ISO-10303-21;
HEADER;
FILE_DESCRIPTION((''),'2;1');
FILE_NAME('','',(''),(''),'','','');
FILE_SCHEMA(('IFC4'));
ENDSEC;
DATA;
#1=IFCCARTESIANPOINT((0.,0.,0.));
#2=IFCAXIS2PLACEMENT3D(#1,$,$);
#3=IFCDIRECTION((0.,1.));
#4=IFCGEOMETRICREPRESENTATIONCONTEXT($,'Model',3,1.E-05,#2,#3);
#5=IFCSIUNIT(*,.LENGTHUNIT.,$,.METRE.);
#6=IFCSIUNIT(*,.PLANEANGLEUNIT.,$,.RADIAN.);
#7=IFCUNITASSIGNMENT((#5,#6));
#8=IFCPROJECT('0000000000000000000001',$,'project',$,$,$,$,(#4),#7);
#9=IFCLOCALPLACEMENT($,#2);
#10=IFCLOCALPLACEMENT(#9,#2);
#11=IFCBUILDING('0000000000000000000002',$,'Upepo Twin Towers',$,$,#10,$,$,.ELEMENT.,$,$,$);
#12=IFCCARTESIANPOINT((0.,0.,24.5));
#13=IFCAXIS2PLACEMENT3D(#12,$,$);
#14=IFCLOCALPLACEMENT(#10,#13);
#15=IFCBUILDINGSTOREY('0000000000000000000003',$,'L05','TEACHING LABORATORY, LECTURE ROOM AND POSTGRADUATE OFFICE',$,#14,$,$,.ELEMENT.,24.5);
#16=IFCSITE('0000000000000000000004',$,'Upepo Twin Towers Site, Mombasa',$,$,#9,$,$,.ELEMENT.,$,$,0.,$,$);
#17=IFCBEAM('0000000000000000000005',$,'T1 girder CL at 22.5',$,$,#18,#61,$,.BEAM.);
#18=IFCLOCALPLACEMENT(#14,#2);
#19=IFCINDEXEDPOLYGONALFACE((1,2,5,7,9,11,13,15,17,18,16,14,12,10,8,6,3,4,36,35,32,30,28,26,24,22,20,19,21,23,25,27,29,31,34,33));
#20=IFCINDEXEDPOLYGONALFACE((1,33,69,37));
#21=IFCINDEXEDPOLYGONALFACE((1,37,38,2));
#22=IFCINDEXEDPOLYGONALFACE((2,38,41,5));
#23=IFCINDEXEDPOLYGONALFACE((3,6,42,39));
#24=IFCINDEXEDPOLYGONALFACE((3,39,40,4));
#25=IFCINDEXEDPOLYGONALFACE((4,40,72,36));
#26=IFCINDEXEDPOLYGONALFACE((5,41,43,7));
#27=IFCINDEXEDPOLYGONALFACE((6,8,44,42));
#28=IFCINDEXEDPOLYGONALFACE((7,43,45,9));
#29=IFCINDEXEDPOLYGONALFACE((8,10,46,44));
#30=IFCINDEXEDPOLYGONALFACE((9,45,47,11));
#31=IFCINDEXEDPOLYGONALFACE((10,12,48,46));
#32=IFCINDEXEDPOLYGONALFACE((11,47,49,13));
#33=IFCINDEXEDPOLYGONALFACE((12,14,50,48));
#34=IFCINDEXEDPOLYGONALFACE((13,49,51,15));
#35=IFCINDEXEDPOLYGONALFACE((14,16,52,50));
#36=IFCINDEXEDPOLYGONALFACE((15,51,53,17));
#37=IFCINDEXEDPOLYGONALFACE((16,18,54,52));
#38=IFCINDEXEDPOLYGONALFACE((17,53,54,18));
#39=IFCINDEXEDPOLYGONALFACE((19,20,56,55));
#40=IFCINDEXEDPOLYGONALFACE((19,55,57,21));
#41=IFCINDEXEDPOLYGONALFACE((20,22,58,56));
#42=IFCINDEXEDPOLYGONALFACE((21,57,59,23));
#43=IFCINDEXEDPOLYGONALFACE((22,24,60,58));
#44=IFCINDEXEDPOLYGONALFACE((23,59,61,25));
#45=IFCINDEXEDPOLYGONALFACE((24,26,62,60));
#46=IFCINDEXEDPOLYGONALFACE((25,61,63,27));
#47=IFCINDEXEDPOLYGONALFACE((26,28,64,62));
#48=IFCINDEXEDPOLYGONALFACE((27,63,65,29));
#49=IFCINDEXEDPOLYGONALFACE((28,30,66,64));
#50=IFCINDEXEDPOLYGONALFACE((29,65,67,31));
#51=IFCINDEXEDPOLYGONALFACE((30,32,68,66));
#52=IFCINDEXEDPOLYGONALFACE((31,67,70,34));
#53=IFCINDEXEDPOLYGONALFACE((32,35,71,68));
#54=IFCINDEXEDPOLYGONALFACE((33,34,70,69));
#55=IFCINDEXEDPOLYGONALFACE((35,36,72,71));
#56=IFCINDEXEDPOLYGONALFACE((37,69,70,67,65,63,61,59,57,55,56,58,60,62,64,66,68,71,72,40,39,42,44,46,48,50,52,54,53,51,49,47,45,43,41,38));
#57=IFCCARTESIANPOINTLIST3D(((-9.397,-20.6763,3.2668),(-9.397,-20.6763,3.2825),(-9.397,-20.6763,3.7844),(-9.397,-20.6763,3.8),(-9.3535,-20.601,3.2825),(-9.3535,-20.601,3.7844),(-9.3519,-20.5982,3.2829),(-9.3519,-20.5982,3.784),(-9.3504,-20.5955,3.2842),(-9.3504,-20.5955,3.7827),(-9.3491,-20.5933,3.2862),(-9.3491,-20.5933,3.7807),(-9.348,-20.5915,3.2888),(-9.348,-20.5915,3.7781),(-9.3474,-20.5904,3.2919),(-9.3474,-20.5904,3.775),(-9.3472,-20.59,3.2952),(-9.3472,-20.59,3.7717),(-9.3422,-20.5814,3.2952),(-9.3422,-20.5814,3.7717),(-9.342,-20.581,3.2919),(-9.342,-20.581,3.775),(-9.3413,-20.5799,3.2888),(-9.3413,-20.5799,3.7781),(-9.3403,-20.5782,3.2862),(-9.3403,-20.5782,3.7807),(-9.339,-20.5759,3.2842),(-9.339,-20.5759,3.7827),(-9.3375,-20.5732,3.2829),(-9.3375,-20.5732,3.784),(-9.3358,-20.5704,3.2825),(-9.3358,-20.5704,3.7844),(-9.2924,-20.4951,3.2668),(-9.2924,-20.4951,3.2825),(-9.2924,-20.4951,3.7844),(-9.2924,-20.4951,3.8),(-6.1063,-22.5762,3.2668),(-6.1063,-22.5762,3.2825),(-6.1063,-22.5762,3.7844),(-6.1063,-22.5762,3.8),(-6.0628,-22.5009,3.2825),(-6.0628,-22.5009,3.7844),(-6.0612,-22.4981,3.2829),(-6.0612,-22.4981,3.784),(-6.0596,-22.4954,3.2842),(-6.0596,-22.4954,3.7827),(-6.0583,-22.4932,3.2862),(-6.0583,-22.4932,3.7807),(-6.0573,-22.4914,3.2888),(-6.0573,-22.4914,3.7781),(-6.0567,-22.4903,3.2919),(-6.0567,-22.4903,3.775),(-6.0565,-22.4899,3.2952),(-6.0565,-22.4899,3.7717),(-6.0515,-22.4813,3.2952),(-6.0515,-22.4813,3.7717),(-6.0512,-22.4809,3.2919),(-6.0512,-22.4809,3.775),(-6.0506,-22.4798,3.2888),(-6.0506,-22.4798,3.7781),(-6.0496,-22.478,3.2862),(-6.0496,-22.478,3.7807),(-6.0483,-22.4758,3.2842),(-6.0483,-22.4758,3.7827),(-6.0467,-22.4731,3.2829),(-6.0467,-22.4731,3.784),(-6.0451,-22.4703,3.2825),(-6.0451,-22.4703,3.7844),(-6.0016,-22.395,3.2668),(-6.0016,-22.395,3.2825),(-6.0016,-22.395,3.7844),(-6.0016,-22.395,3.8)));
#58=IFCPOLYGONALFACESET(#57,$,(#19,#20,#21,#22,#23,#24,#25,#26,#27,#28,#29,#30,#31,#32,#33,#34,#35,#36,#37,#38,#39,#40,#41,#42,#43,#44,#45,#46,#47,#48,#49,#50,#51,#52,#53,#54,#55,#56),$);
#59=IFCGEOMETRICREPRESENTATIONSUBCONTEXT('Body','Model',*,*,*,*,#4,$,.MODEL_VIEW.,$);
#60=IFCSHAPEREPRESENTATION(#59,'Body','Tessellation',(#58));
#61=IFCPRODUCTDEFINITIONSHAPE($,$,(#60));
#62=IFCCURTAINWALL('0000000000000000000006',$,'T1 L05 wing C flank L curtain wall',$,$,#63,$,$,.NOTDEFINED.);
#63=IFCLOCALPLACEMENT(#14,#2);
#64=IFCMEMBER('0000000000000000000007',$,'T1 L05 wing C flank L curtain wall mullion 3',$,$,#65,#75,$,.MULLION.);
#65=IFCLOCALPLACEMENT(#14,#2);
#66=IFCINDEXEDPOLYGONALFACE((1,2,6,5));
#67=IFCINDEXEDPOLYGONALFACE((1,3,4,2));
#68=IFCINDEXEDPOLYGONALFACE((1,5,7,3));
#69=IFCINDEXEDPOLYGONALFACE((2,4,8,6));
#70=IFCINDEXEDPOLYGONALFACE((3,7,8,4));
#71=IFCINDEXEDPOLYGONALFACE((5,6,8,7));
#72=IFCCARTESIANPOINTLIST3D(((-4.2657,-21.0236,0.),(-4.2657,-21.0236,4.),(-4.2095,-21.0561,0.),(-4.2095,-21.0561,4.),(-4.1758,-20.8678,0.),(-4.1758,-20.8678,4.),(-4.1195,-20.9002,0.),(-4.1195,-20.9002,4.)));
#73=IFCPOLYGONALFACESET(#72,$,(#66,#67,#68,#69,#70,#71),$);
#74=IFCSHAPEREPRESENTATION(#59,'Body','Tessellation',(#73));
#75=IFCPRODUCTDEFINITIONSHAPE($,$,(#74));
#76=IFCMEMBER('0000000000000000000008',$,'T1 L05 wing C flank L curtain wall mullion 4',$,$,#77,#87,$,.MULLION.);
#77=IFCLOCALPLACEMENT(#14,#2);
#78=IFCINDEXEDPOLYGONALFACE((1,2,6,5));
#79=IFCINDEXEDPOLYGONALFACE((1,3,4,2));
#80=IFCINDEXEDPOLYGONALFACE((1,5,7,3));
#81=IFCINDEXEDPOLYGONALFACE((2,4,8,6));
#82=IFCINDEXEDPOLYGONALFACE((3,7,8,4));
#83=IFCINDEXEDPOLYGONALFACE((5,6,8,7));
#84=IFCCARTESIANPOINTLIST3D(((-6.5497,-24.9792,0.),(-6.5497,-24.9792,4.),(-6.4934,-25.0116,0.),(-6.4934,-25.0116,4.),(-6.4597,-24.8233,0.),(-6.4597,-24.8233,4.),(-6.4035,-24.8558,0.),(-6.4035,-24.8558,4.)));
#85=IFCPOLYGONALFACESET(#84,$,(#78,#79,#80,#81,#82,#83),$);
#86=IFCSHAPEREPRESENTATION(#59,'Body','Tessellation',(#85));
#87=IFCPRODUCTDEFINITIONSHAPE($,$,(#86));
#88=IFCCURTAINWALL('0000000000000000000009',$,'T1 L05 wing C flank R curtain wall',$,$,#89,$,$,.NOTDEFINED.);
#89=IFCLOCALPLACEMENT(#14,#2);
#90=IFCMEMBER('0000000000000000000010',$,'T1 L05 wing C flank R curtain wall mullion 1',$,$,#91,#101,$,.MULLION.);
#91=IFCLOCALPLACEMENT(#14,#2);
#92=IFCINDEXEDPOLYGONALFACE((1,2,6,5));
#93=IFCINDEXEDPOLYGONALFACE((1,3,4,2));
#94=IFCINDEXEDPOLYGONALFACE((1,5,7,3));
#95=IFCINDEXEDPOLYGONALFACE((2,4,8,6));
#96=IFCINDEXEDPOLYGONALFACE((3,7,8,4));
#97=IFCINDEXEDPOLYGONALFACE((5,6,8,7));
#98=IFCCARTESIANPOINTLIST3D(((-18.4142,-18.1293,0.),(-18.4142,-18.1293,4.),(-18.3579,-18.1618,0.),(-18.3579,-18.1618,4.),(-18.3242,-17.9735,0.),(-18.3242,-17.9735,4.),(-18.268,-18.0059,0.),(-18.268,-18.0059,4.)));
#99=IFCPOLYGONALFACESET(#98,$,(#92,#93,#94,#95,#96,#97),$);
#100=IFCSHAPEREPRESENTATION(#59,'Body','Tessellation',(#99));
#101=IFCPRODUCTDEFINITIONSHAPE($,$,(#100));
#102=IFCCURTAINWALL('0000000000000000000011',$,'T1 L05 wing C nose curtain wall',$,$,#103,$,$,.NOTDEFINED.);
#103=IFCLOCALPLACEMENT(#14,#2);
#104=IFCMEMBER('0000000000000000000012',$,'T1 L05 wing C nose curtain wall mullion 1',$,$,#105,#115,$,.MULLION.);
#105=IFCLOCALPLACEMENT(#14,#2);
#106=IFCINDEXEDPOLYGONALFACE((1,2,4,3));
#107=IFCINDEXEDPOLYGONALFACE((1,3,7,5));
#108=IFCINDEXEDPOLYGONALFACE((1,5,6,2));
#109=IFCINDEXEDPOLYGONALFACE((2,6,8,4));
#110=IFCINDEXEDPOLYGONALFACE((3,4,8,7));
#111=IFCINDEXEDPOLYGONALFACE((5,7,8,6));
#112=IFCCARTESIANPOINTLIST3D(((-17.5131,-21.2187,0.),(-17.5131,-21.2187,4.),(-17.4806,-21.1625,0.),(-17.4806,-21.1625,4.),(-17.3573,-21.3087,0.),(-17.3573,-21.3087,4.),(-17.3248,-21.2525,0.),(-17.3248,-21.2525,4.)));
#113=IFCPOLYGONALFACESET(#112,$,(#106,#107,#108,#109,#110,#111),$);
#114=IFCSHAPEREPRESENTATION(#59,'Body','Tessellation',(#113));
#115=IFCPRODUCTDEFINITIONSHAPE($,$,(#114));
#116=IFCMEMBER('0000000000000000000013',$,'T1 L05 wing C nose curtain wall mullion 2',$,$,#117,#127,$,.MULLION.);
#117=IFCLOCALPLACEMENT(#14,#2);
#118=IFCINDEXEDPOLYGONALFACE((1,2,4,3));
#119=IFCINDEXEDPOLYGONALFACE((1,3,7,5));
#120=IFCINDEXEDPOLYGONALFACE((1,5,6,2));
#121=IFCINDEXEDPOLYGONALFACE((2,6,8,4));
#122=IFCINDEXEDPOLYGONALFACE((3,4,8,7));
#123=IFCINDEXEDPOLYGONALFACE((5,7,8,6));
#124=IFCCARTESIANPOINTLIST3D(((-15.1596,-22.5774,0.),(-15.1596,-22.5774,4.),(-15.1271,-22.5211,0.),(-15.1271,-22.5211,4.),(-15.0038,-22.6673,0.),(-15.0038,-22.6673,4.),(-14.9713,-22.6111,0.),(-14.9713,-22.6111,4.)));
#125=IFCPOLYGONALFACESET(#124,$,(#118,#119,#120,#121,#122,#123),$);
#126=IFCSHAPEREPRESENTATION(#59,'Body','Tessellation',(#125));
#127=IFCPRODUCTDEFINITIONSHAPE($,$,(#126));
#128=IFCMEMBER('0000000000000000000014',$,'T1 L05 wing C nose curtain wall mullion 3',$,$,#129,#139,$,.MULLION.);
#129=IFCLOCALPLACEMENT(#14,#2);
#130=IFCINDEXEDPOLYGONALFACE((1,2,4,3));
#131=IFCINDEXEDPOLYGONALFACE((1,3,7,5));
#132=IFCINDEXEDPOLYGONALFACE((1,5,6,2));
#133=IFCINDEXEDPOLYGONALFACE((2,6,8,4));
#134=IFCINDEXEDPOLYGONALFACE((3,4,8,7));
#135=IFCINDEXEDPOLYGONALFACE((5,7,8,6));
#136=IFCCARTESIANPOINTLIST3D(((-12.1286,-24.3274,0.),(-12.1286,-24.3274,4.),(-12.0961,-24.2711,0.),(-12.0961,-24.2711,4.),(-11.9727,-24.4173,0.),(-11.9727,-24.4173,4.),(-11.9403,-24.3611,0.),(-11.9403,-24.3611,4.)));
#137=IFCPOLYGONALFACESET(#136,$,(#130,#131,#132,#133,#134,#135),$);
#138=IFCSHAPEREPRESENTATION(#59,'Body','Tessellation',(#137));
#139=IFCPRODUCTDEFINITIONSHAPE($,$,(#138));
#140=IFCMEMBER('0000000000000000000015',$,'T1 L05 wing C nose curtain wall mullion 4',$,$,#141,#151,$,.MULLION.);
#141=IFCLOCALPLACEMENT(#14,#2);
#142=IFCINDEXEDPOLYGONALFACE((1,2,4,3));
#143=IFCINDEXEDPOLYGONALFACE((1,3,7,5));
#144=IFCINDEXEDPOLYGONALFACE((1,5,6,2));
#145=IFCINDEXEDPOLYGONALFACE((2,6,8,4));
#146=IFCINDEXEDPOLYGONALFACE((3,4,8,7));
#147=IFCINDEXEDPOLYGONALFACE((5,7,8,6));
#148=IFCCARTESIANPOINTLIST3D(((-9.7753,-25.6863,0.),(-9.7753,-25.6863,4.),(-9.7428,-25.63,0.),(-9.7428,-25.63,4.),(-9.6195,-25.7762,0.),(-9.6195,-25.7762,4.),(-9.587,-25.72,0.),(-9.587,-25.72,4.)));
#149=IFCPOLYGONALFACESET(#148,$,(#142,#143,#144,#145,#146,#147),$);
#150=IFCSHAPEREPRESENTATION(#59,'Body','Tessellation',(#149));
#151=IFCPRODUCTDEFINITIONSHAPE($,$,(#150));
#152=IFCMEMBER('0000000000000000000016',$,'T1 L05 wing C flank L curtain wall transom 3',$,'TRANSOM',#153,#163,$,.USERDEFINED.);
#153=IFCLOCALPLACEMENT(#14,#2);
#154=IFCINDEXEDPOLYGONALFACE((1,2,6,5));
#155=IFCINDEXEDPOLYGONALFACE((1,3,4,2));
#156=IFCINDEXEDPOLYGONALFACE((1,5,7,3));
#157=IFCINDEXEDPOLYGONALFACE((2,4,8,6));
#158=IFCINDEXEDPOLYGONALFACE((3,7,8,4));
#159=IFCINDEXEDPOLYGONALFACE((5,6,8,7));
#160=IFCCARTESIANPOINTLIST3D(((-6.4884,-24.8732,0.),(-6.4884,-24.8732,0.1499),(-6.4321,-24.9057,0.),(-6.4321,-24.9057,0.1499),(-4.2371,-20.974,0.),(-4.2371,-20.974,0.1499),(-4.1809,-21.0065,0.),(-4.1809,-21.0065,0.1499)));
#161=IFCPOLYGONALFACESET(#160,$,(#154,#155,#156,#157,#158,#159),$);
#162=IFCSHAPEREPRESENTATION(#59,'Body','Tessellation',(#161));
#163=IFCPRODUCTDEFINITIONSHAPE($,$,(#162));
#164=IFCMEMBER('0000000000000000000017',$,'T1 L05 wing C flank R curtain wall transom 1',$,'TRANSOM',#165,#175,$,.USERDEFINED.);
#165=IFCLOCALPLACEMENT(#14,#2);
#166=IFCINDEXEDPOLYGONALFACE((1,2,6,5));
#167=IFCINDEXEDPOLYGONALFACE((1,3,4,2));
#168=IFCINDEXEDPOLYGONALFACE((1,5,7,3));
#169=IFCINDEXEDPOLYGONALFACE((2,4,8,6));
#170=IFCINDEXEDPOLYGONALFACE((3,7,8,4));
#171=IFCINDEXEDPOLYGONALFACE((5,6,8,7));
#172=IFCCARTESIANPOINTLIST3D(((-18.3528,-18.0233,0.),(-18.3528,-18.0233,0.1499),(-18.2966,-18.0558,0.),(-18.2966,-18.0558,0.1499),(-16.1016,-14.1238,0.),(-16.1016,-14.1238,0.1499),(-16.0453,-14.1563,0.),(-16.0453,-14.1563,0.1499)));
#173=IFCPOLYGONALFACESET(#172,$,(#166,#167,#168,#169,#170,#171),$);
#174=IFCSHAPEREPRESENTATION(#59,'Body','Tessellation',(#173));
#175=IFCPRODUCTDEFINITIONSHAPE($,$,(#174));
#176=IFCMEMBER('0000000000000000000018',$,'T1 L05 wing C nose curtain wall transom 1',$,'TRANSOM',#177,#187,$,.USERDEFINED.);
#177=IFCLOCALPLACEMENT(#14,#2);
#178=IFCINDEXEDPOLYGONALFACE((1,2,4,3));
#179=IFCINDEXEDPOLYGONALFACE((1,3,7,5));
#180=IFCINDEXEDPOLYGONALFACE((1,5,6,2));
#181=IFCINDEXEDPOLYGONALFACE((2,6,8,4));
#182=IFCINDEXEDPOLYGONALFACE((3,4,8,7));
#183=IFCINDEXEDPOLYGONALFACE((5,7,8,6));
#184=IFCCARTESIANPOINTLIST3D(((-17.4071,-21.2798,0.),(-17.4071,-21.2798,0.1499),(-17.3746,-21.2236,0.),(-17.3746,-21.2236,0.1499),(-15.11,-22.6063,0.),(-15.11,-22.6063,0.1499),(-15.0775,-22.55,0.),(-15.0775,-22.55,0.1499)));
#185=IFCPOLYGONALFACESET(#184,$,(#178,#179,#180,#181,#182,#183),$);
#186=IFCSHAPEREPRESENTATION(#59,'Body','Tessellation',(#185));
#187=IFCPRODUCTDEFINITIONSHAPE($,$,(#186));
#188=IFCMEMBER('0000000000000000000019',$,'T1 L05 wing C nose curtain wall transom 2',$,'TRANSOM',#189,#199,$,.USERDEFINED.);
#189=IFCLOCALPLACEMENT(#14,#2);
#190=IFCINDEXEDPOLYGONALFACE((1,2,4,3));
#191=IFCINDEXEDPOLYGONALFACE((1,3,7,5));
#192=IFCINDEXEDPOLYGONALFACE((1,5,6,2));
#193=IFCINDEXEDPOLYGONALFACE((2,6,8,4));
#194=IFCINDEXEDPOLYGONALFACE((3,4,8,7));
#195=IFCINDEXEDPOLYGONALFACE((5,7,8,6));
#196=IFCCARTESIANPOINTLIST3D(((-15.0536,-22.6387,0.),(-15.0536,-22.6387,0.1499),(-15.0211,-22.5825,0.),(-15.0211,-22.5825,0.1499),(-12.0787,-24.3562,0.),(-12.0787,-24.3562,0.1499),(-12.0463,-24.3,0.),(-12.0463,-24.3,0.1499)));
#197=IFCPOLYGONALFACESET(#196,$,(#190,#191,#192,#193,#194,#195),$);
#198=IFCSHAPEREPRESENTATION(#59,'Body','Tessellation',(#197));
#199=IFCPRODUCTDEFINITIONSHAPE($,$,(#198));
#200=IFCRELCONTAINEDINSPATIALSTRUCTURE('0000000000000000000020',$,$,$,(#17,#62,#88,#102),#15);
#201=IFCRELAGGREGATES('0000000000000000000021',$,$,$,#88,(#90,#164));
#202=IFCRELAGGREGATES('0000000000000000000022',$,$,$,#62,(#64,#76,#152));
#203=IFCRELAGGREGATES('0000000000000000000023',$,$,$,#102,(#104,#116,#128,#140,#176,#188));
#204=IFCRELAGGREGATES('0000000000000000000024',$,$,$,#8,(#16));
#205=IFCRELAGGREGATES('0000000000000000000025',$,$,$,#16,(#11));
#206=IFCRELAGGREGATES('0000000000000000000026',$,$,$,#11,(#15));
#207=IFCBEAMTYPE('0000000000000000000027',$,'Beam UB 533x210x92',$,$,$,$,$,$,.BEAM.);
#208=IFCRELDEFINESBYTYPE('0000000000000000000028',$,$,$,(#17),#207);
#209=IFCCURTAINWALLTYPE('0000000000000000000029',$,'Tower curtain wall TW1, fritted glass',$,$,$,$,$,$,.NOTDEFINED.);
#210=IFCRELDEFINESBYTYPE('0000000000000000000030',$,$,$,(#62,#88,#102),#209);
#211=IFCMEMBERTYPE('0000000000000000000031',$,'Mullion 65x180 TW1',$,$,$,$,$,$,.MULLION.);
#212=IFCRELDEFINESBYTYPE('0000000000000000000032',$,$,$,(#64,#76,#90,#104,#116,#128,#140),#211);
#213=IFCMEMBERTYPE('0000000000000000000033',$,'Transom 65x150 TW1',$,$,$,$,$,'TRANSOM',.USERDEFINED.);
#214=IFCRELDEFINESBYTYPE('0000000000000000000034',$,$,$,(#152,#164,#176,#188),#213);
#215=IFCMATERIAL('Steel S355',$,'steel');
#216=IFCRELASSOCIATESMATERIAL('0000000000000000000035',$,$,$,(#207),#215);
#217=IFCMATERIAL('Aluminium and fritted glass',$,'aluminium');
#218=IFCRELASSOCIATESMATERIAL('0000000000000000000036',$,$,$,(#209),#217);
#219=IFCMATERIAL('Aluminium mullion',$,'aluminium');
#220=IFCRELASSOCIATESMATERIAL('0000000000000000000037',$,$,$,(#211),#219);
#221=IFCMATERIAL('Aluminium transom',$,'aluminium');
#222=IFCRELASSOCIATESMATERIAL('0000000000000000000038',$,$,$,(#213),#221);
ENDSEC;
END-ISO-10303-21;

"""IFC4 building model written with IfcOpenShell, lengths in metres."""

from ifc_helpers import new_model, si_unit, direction, frame, origin, origin_2d, place, context, subcontext, project, spatial, rectangle, i_section, extrude, material, material_profile, profile_set, type_object, element, aggregate, save


model = new_model("IFC4")

# Units and contexts
model_context = context("Model", 3, precision=1e-05, world=origin(), true_north=direction((0.0, 1.0)))
body_context = subcontext(model_context, "Body", "Model", "MODEL_VIEW")
ifc_project = project(units=[si_unit("LENGTHUNIT", "METRE"), si_unit("PLANEANGLEUNIT", "RADIAN")], contexts=[model_context])

# Site, building, storey
site_placement = place(None, origin())
site = spatial("IfcSite", under=ifc_project, at=site_placement, Name="Upepo Twin Towers Site, Mombasa", CompositionType="ELEMENT", RefElevation=0.0)
building_placement = place(site_placement, origin())
building = spatial("IfcBuilding", under=site, at=building_placement, Name="Upepo Twin Towers", CompositionType="ELEMENT")
storey_placement = place(building_placement, frame((0.0, 0.0, 24.5)))
storey = spatial("IfcBuildingStorey", under=building, at=storey_placement, Name="L05", Description="TEACHING LABORATORY, LECTURE ROOM AND POSTGRADUATE OFFICE", CompositionType="ELEMENT", Elevation=24.5)

# Beam
ifc_material_1 = material(Name="Steel S355", Category="steel")
ifc_material_profile_1 = material_profile(ifc_material_1, i_section(OverallWidth=0.2092, OverallDepth=0.5332, WebThickness=0.01, FlangeThickness=0.0156, FilletRadius=0.0127, at=origin_2d()), Name="UB 533x210x92")
ifc_profile_set_1 = profile_set([ifc_material_profile_1], Name="Steel S355")
beam_type_1 = type_object("IfcBeamType", Name="Beam UB 533x210x92", PredefinedType="BEAM", material=ifc_profile_set_1)
beam_1_placement = place(storey_placement, frame((-6.054, -22.4856, 3.5334), z_axis=(-0.866028, 0.499995, 0.0), x_axis=(-0.499995, -0.866028, 0.0)))
element("IfcBeam", 1, at=beam_1_placement, inside=storey, type_object=beam_type_1, Name="T1 girder CL at 22.5", PredefinedType="BEAM", context=body_context, shape_type="SweptSolid", body=[
    extrude(i_section(OverallWidth=0.2092, OverallDepth=0.5332, WebThickness=0.01, FlangeThickness=0.0156, FilletRadius=0.0127, at=origin_2d()), origin(), (0.0, 0.0, 1.0), 3.7998),
])

# Curtain wall, members
ifc_material_2 = material(Name="Aluminium and fritted glass", Category="aluminium")
curtain_wall_type = type_object("IfcCurtainWallType", Name="Tower curtain wall TW1, fritted glass", PredefinedType="NOTDEFINED", material=ifc_material_2)
curtain_wall_1_placement = place(storey_placement, origin())
curtain_wall_1 = element("IfcCurtainWall", 2, at=curtain_wall_1_placement, inside=storey, type_object=curtain_wall_type, Name="T1 L05 wing C flank L curtain wall", PredefinedType="NOTDEFINED")
ifc_material_3 = material(Name="Aluminium mullion", Category="aluminium")
ifc_material_profile_2 = material_profile(ifc_material_3, rectangle(XDim=0.0649, YDim=0.1799, at=origin_2d()), Name="MULLION 65x180")
ifc_profile_set_2 = profile_set([ifc_material_profile_2], Name="Aluminium mullion")
member_type_1 = type_object("IfcMemberType", Name="Mullion 65x180 TW1", PredefinedType="MULLION", material=ifc_profile_set_2)
member_1_placement = place(storey_placement, frame((-4.1926, -20.9619, 0.0), z_axis=(0.0, 0.0, 1.0), x_axis=(0.866025, -0.5, 0.0)))
member_1 = element("IfcMember", 3, at=member_1_placement, type_object=member_type_1, Name="T1 L05 wing C flank L curtain wall mullion 3", PredefinedType="MULLION", context=body_context, shape_type="SweptSolid", body=[
    extrude(rectangle(XDim=0.0649, YDim=0.1799, at=origin_2d()), origin(), (0.0, 0.0, 1.0), 4.0),
])
member_2_placement = place(storey_placement, frame((-6.4766, -24.9175, 0.0), z_axis=(0.0, 0.0, 1.0), x_axis=(0.866025, -0.5, 0.0)))
member_2 = element("IfcMember", 4, at=member_2_placement, type_object=member_type_1, Name="T1 L05 wing C flank L curtain wall mullion 4", PredefinedType="MULLION", context=body_context, shape_type="SweptSolid", body=[
    extrude(rectangle(XDim=0.0649, YDim=0.1799, at=origin_2d()), origin(), (0.0, 0.0, 1.0), 4.0),
])

# Curtain wall, member
curtain_wall_2_placement = place(storey_placement, origin())
curtain_wall_2 = element("IfcCurtainWall", 5, at=curtain_wall_2_placement, inside=storey, type_object=curtain_wall_type, Name="T1 L05 wing C flank R curtain wall", PredefinedType="NOTDEFINED")
member_3_placement = place(storey_placement, frame((-18.3411, -18.0676, 0.0), z_axis=(0.0, 0.0, 1.0), x_axis=(-0.866025, 0.5, 0.0)))
member_3 = element("IfcMember", 6, at=member_3_placement, type_object=member_type_1, Name="T1 L05 wing C flank R curtain wall mullion 1", PredefinedType="MULLION", context=body_context, shape_type="SweptSolid", body=[
    extrude(rectangle(XDim=0.0649, YDim=0.1799, at=origin_2d()), origin(), (0.0, 0.0, 1.0), 4.0),
])

# Curtain wall, members
curtain_wall_3_placement = place(storey_placement, origin())
curtain_wall_3 = element("IfcCurtainWall", 7, at=curtain_wall_3_placement, inside=storey, type_object=curtain_wall_type, Name="T1 L05 wing C nose curtain wall", PredefinedType="NOTDEFINED")
member_4_placement = place(storey_placement, frame((-17.4189, -21.2356, 0.0), z_axis=(0.0, 0.0, 1.0), x_axis=(0.5, 0.866025, 0.0)))
member_4 = element("IfcMember", 8, at=member_4_placement, type_object=member_type_1, Name="T1 L05 wing C nose curtain wall mullion 1", PredefinedType="MULLION", context=body_context, shape_type="SweptSolid", body=[
    extrude(rectangle(XDim=0.0649, YDim=0.1799, at=origin_2d()), origin(), (0.0, 0.0, 1.0), 4.0),
])
member_5_placement = place(storey_placement, frame((-15.0654, -22.5942, 0.0), z_axis=(0.0, 0.0, 1.0), x_axis=(0.5, 0.866025, 0.0)))
member_5 = element("IfcMember", 9, at=member_5_placement, type_object=member_type_1, Name="T1 L05 wing C nose curtain wall mullion 2", PredefinedType="MULLION", context=body_context, shape_type="SweptSolid", body=[
    extrude(rectangle(XDim=0.0649, YDim=0.1799, at=origin_2d()), origin(), (0.0, 0.0, 1.0), 4.0),
])
member_6_placement = place(storey_placement, frame((-12.0344, -24.3442, 0.0), z_axis=(0.0, 0.0, 1.0), x_axis=(0.5, 0.866025, 0.0)))
member_6 = element("IfcMember", 10, at=member_6_placement, type_object=member_type_1, Name="T1 L05 wing C nose curtain wall mullion 3", PredefinedType="MULLION", context=body_context, shape_type="SweptSolid", body=[
    extrude(rectangle(XDim=0.0649, YDim=0.1799, at=origin_2d()), origin(), (0.0, 0.0, 1.0), 4.0),
])
member_7_placement = place(storey_placement, frame((-9.6812, -25.7031, 0.0), z_axis=(0.0, 0.0, 1.0), x_axis=(0.5, 0.866025, 0.0)))
member_7 = element("IfcMember", 11, at=member_7_placement, type_object=member_type_1, Name="T1 L05 wing C nose curtain wall mullion 4", PredefinedType="MULLION", context=body_context, shape_type="SweptSolid", body=[
    extrude(rectangle(XDim=0.0649, YDim=0.1799, at=origin_2d()), origin(), (0.0, 0.0, 1.0), 4.0),
])

# Members
ifc_material_4 = material(Name="Aluminium transom", Category="aluminium")
ifc_material_profile_3 = material_profile(ifc_material_4, rectangle(XDim=0.0649, YDim=0.1499, at=origin_2d()), Name="TRANSOM 65x150")
ifc_profile_set_3 = profile_set([ifc_material_profile_3], Name="Aluminium transom")
member_type_2 = type_object("IfcMemberType", Name="Transom 65x150 TW1", ElementType="TRANSOM", PredefinedType="USERDEFINED", material=ifc_profile_set_3)
member_8_placement = place(storey_placement, frame((-4.209, -20.9902, 0.075), z_axis=(-0.500006, -0.866022, 0.0), x_axis=(0.866022, -0.500006, 0.0)))
member_8 = element("IfcMember", 12, at=member_8_placement, type_object=member_type_2, Name="T1 L05 wing C flank L curtain wall transom 3", ObjectType="TRANSOM", PredefinedType="USERDEFINED", context=body_context, shape_type="SweptSolid", body=[
    extrude(rectangle(XDim=0.0649, YDim=0.1499, at=origin_2d()), origin(), (0.0, 0.0, 1.0), 4.5024),
])
member_9_placement = place(storey_placement, frame((-18.3247, -18.0396, 0.075), z_axis=(0.499982, 0.866036, 0.0), x_axis=(-0.866036, 0.499982, 0.0)))
member_9 = element("IfcMember", 13, at=member_9_placement, type_object=member_type_2, Name="T1 L05 wing C flank R curtain wall transom 1", ObjectType="TRANSOM", PredefinedType="USERDEFINED", context=body_context, shape_type="SweptSolid", body=[
    extrude(rectangle(XDim=0.0649, YDim=0.1499, at=origin_2d()), origin(), (0.0, 0.0, 1.0), 4.5027),
])
aggregate(curtain_wall_2, [member_3, member_9])
member_10_placement = place(storey_placement, frame((-17.3909, -21.2517, 0.075), z_axis=(0.865997, -0.500049, 0.0), x_axis=(0.500049, 0.865997, 0.0)))
member_10 = element("IfcMember", 14, at=member_10_placement, type_object=member_type_2, Name="T1 L05 wing C nose curtain wall transom 1", ObjectType="TRANSOM", PredefinedType="USERDEFINED", context=body_context, shape_type="SweptSolid", body=[
    extrude(rectangle(XDim=0.0649, YDim=0.1499, at=origin_2d()), origin(), (0.0, 0.0, 1.0), 2.6526),
])
member_11_placement = place(storey_placement, frame((-15.0374, -22.6106, 0.075), z_axis=(0.866026, -0.499999, 0.0), x_axis=(0.499999, 0.866026, 0.0)))
member_11 = element("IfcMember", 15, at=member_11_placement, type_object=member_type_2, Name="T1 L05 wing C nose curtain wall transom 2", ObjectType="TRANSOM", PredefinedType="USERDEFINED", context=body_context, shape_type="SweptSolid", body=[
    extrude(rectangle(XDim=0.0649, YDim=0.1499, at=origin_2d()), origin(), (0.0, 0.0, 1.0), 3.4351),
])

aggregate(curtain_wall_1, [member_1, member_2, member_8])
aggregate(curtain_wall_3, [member_4, member_5, member_6, member_7, member_10, member_11])

save(model, "model.ifc")
